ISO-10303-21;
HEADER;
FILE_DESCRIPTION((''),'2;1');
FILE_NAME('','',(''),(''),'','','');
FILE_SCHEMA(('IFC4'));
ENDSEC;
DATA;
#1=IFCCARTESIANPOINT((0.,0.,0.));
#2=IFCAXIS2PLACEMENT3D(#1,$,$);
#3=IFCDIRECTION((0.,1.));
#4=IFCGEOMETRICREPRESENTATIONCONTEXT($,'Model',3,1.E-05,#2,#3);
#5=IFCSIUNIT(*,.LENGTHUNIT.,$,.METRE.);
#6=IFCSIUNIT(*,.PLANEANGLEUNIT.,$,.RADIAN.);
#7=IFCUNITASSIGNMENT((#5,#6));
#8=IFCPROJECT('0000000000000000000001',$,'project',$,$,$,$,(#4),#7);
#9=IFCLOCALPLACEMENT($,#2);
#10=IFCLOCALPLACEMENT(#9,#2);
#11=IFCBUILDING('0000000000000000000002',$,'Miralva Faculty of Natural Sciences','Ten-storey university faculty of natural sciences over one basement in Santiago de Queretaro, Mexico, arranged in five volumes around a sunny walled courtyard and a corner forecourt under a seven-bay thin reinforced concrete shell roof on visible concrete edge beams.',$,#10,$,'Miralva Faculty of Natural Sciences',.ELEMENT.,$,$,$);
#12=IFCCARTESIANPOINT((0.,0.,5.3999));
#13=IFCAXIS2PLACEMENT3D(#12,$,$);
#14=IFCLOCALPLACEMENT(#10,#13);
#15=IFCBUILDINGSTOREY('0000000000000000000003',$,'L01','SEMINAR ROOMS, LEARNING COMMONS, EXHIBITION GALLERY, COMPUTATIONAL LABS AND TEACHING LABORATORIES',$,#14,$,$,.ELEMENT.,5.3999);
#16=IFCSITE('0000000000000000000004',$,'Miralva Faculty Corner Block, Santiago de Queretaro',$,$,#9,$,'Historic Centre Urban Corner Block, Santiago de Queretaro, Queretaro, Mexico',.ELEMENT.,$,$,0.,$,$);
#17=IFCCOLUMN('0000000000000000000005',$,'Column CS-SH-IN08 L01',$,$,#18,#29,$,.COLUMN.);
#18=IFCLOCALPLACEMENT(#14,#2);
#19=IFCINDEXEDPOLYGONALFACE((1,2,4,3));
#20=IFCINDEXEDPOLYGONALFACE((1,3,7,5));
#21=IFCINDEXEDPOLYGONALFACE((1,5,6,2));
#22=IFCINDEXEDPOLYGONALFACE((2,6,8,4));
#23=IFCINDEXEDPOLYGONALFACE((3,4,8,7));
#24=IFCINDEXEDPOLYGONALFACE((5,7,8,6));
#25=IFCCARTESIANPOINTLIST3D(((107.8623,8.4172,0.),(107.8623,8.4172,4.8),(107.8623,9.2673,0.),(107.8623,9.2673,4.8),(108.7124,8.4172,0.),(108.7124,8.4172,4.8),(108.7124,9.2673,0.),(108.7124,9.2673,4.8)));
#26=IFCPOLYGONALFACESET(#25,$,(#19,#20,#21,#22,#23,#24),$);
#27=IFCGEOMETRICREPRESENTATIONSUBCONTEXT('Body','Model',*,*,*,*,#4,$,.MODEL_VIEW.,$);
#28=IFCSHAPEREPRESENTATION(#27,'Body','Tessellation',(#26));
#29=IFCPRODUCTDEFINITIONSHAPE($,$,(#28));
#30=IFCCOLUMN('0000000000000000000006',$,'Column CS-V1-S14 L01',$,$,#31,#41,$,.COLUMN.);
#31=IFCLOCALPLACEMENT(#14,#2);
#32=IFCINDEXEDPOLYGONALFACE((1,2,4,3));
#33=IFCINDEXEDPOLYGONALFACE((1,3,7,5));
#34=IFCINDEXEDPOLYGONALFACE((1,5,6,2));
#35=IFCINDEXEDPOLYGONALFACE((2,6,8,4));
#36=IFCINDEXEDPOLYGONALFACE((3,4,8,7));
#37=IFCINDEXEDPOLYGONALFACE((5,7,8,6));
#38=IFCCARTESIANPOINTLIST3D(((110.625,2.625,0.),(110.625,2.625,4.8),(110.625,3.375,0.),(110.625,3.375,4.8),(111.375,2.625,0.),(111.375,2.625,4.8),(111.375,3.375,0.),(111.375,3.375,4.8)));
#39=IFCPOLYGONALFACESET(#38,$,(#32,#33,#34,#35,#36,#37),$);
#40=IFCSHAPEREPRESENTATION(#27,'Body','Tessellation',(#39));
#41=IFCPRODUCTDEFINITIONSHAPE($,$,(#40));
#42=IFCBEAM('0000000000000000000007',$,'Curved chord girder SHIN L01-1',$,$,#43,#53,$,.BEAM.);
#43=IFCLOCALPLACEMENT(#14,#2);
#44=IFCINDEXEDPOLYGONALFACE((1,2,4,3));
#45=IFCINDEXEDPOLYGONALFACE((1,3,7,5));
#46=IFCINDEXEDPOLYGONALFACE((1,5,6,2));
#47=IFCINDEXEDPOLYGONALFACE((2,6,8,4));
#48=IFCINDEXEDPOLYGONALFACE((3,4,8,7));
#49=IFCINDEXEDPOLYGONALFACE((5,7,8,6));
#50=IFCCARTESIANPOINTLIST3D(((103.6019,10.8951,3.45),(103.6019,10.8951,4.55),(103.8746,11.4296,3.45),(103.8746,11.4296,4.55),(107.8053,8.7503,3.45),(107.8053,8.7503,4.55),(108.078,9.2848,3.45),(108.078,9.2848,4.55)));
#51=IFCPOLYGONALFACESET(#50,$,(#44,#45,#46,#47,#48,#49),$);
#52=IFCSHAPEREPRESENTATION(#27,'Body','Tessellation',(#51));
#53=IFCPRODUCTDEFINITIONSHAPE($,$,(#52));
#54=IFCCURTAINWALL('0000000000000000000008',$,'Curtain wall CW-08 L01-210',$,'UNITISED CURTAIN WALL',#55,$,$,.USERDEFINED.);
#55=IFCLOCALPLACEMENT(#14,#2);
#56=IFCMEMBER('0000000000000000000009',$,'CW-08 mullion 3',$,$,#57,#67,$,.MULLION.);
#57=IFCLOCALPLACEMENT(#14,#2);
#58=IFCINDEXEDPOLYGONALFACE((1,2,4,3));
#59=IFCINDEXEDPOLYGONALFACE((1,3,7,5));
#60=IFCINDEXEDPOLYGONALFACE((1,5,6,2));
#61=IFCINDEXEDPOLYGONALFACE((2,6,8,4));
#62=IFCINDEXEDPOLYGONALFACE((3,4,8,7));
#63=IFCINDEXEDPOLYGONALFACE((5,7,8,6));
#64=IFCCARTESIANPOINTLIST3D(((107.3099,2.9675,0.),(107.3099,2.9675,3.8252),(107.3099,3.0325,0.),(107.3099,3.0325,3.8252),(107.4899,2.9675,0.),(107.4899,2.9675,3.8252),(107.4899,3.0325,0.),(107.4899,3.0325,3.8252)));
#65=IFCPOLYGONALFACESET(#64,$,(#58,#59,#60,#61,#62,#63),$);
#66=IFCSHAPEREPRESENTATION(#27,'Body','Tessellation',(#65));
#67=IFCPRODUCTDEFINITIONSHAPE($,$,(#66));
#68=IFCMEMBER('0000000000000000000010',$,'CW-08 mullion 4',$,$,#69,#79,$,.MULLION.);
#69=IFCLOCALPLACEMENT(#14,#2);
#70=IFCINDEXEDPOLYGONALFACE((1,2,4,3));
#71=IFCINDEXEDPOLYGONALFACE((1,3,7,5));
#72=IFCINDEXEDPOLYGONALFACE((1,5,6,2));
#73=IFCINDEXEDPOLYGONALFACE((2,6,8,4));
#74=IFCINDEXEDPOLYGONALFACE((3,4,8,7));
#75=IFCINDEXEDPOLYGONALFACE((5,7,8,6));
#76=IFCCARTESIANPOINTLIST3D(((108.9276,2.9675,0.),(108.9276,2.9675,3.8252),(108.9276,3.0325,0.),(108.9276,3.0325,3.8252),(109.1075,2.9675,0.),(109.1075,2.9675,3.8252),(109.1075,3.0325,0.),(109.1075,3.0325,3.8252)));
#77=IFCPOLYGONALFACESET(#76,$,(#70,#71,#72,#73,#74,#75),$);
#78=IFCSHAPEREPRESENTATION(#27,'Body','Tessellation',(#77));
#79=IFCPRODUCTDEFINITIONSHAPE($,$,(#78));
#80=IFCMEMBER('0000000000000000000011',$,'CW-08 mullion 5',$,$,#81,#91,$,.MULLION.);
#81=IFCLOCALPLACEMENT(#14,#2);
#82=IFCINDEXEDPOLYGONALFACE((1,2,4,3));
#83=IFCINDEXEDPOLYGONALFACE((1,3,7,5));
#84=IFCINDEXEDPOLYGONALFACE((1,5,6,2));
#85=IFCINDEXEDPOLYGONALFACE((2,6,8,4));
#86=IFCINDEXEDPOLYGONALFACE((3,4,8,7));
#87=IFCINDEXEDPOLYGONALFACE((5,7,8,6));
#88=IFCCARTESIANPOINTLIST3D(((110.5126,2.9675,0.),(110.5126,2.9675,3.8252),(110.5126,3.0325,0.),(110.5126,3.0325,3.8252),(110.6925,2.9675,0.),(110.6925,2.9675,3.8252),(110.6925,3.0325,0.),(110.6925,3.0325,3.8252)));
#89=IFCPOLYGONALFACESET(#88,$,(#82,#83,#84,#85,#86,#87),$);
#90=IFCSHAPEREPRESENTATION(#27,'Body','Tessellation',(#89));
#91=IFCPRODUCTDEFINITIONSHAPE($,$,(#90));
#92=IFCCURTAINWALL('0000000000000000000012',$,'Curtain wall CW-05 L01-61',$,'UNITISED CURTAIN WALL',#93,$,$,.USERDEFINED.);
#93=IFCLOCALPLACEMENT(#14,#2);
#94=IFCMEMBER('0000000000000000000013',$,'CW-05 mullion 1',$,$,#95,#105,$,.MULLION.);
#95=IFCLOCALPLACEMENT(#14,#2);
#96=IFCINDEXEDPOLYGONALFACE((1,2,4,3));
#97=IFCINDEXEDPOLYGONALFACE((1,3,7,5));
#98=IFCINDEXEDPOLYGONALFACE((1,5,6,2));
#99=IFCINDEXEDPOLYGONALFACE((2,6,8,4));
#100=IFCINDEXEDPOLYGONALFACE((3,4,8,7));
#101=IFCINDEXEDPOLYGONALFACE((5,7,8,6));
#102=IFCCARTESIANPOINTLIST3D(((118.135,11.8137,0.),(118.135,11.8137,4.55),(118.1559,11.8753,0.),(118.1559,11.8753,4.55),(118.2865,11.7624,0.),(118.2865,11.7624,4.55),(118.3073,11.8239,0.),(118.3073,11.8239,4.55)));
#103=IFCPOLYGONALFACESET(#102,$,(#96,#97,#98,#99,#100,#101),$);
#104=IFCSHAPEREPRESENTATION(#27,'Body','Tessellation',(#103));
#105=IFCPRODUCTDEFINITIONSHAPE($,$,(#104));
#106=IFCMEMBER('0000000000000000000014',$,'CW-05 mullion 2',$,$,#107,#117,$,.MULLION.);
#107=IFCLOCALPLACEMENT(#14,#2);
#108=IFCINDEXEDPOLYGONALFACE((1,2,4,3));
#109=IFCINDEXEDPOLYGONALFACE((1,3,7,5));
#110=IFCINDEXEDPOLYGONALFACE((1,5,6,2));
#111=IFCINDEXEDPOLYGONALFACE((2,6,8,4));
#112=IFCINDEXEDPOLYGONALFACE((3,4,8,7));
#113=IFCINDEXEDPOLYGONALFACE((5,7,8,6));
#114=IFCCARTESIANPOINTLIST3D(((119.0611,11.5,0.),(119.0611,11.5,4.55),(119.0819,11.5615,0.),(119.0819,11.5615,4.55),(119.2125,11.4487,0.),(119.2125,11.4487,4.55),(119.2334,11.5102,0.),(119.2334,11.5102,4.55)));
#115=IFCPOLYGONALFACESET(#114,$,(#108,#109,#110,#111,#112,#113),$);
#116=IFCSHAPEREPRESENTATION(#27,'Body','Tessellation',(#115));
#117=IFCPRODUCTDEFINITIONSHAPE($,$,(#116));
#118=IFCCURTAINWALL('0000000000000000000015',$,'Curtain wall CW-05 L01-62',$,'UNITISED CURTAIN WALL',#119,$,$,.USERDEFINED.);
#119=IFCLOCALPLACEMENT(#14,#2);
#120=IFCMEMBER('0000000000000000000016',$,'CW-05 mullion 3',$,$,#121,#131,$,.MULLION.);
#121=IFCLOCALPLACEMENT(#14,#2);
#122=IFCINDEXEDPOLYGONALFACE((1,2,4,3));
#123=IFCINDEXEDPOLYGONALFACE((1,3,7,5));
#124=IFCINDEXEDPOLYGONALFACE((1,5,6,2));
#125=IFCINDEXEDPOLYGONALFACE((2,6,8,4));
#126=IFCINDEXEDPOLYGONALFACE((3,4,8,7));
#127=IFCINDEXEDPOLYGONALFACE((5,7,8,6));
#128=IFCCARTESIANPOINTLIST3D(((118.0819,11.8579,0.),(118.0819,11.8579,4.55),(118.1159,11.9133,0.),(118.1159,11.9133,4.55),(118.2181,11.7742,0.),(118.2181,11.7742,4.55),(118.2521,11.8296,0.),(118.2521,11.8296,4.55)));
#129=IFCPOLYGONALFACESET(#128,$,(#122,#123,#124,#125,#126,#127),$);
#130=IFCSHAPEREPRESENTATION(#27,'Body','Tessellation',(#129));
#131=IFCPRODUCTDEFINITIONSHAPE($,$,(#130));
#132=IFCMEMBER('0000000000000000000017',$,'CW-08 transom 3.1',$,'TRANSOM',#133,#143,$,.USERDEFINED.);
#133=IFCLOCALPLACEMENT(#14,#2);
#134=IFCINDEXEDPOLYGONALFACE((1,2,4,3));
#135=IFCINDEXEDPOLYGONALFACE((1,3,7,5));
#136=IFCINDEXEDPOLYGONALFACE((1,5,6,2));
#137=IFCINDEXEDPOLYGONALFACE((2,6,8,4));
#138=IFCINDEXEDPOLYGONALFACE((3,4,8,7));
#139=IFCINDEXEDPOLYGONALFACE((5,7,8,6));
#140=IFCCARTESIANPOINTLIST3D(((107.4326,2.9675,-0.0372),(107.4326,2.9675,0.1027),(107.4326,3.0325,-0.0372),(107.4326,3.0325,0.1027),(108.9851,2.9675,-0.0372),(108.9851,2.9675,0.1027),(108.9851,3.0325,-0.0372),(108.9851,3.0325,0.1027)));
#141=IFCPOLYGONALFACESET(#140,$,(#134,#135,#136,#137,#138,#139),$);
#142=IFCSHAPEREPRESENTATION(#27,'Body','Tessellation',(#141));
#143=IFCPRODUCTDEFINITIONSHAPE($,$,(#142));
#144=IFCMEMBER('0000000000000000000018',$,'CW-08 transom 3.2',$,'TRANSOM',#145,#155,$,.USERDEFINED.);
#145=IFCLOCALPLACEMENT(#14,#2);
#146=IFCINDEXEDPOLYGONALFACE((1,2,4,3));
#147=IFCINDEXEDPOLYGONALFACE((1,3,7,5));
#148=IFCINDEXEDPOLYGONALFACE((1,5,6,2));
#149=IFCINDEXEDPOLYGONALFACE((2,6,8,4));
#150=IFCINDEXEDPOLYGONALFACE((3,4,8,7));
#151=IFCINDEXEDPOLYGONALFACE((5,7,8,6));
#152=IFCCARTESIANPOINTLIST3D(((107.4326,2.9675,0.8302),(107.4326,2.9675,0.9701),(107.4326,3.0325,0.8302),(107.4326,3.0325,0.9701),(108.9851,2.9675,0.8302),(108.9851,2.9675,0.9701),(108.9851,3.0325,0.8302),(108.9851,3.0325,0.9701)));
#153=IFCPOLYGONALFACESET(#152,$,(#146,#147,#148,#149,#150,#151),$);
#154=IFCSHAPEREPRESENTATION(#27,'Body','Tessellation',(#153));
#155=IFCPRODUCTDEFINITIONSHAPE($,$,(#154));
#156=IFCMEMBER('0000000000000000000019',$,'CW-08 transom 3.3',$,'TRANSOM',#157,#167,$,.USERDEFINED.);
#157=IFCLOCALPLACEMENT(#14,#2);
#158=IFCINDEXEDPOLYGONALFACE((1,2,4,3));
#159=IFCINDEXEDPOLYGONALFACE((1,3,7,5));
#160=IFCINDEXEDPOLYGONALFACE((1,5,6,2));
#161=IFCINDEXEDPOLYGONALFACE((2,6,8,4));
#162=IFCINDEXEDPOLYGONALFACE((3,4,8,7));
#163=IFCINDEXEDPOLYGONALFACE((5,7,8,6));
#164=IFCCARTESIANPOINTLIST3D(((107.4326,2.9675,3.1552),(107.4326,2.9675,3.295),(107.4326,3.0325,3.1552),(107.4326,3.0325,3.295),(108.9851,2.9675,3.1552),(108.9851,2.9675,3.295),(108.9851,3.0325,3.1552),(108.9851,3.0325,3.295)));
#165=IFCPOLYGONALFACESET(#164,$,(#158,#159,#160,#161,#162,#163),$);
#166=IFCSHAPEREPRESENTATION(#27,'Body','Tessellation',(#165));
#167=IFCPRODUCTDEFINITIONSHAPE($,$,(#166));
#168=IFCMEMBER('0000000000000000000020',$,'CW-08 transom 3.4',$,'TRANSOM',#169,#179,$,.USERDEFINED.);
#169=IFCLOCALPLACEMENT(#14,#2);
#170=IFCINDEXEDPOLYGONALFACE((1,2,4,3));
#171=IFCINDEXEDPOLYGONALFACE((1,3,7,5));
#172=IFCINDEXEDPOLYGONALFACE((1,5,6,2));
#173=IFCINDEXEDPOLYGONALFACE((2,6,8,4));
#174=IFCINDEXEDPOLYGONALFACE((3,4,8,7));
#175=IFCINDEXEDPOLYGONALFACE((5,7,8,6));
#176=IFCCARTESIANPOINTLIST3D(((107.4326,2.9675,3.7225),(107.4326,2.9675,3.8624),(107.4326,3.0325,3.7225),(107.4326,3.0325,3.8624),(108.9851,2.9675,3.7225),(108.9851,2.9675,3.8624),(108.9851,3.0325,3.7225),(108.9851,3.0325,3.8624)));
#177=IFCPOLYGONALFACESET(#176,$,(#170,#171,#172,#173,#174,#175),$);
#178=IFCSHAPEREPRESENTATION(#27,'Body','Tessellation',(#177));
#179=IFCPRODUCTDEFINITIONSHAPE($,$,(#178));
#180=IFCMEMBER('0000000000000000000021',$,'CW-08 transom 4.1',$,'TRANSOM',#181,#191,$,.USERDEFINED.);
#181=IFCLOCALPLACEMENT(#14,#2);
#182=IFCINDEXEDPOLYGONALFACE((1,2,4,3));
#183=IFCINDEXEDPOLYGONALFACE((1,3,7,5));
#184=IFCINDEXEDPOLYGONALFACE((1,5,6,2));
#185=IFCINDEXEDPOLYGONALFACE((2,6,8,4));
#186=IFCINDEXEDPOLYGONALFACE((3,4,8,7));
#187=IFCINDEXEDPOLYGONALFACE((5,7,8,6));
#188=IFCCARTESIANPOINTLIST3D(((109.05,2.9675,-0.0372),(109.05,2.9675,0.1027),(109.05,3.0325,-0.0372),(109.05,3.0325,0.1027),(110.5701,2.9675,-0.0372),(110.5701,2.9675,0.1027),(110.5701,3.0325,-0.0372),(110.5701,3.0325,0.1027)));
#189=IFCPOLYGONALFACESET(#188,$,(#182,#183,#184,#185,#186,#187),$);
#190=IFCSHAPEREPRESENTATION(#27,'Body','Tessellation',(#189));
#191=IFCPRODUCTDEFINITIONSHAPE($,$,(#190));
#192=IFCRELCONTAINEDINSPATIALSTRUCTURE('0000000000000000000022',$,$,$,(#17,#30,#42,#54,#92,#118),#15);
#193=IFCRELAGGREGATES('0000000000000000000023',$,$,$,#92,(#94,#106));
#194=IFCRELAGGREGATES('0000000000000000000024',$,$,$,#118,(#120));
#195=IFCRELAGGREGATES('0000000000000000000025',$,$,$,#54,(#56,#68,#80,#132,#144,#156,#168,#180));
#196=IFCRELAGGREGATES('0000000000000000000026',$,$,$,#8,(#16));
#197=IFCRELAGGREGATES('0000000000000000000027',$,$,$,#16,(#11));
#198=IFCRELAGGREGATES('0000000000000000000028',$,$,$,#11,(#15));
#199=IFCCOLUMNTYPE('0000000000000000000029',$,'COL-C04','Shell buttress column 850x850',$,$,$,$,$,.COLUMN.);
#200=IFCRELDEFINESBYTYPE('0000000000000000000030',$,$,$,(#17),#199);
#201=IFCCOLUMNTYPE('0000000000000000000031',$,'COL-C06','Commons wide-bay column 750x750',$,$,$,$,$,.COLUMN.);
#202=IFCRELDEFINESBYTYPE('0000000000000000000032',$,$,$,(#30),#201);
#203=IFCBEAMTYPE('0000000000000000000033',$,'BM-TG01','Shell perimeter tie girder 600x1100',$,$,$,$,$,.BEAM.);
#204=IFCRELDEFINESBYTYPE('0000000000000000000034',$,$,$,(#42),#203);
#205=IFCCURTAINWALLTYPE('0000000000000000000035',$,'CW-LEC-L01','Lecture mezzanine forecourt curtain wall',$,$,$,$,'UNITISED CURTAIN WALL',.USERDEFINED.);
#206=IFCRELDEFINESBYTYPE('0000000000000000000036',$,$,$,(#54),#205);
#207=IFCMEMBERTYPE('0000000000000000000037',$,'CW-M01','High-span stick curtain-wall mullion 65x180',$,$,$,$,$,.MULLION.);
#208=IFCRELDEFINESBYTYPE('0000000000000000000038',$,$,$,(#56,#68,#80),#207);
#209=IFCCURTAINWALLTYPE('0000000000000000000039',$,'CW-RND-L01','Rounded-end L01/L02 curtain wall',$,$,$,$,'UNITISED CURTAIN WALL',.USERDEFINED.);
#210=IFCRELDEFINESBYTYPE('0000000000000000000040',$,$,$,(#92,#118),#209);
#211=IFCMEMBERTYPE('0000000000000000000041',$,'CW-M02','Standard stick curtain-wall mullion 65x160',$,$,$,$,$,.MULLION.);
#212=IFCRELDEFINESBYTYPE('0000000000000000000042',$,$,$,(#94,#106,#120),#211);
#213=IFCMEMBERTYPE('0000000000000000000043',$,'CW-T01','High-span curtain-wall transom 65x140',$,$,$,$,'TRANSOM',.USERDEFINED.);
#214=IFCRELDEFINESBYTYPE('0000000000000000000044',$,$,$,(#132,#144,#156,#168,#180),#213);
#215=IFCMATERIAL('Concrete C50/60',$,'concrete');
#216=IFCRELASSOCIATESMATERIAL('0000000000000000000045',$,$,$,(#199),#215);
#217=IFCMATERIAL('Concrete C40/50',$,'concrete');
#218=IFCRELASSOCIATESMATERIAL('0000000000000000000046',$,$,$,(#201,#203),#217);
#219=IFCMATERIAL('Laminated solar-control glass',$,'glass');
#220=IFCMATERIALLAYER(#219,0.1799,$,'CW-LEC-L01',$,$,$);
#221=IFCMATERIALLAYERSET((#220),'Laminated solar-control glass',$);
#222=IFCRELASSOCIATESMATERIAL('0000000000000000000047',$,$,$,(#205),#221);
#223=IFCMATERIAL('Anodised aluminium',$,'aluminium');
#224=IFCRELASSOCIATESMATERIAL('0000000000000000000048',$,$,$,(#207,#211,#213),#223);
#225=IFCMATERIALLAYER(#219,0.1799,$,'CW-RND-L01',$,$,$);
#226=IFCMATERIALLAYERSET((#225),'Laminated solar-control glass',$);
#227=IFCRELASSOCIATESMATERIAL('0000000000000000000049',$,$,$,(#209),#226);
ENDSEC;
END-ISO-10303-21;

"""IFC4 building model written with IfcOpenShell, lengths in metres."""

from ifc_helpers import new_model, si_unit, direction, frame, origin, origin_2d, place, context, subcontext, project, spatial, rectangle, extrude, material, layer, layer_set, material_profile, profile_set, type_object, element, aggregate, save


model = new_model("IFC4")

# Units and contexts
model_context = context("Model", 3, precision=1e-05, world=origin(), true_north=direction((0.0, 1.0)))
body_context = subcontext(model_context, "Body", "Model", "MODEL_VIEW")
ifc_project = project(units=[si_unit("LENGTHUNIT", "METRE"), si_unit("PLANEANGLEUNIT", "RADIAN")], contexts=[model_context])

# Site, building, storey
site_placement = place(None, origin())
site = spatial("IfcSite", under=ifc_project, at=site_placement, Name="Miralva Faculty Corner Block, Santiago de Queretaro", LongName="Historic Centre Urban Corner Block, Santiago de Queretaro, Queretaro, Mexico", CompositionType="ELEMENT", RefElevation=0.0)
building_placement = place(site_placement, origin())
building = spatial("IfcBuilding", under=site, at=building_placement, Name="Miralva Faculty of Natural Sciences", Description="Ten-storey university faculty of natural sciences over one basement in Santiago de Queretaro, Mexico, arranged in five volumes around a sunny walled courtyard and a corner forecourt under a seven-bay thin reinforced concrete shell roof on visible concrete edge beams.", LongName="Miralva Faculty of Natural Sciences", CompositionType="ELEMENT")
storey_placement = place(building_placement, frame((0.0, 0.0, 5.3999)))
storey = spatial("IfcBuildingStorey", under=building, at=storey_placement, Name="L01", Description="SEMINAR ROOMS, LEARNING COMMONS, EXHIBITION GALLERY, COMPUTATIONAL LABS AND TEACHING LABORATORIES", CompositionType="ELEMENT", Elevation=5.3999)

# Columns
ifc_material_1 = material(Name="Concrete C50/60", Category="concrete")
ifc_material_profile_1 = material_profile(ifc_material_1, rectangle(XDim=0.8501, YDim=0.8501, at=origin_2d()), Name="RC 850x850")
ifc_profile_set_1 = profile_set([ifc_material_profile_1], Name="Concrete C50/60")
column_type_1 = type_object("IfcColumnType", Name="COL-C04", Description="Shell buttress column 850x850", PredefinedType="COLUMN", material=ifc_profile_set_1)
column_1_placement = place(storey_placement, frame((108.2874, 8.8423, 0.0), z_axis=(0.0, 0.0, 1.0), x_axis=(1.0, 0.0, 0.0)))
element("IfcColumn", 1, at=column_1_placement, inside=storey, type_object=column_type_1, Name="Column CS-SH-IN08 L01", PredefinedType="COLUMN", context=body_context, shape_type="SweptSolid", body=[
    extrude(rectangle(XDim=0.8501, YDim=0.8501, at=origin_2d()), origin(), (0.0, 0.0, 1.0), 4.8),
])
ifc_material_2 = material(Name="Concrete C40/50", Category="concrete")
ifc_material_profile_2 = material_profile(ifc_material_2, rectangle(XDim=0.75, YDim=0.75, at=origin_2d()), Name="RC 750x750")
ifc_profile_set_2 = profile_set([ifc_material_profile_2], Name="Concrete C40/50")
column_type_2 = type_object("IfcColumnType", Name="COL-C06", Description="Commons wide-bay column 750x750", PredefinedType="COLUMN", material=ifc_profile_set_2)
column_2_placement = place(storey_placement, frame((111.0, 3.0, 0.0), z_axis=(0.0, 0.0, 1.0), x_axis=(1.0, 0.0, 0.0)))
element("IfcColumn", 2, at=column_2_placement, inside=storey, type_object=column_type_2, Name="Column CS-V1-S14 L01", PredefinedType="COLUMN", context=body_context, shape_type="SweptSolid", body=[
    extrude(rectangle(XDim=0.75, YDim=0.75, at=origin_2d()), origin(), (0.0, 0.0, 1.0), 4.8),
])

# Beam
ifc_material_profile_3 = material_profile(ifc_material_2, rectangle(XDim=0.6001, YDim=1.1001, at=origin_2d()), Name="RC 600x1100")
ifc_profile_set_3 = profile_set([ifc_material_profile_3], Name="Concrete C40/50")
beam_type = type_object("IfcBeamType", Name="BM-TG01", Description="Shell perimeter tie girder 600x1100", PredefinedType="BEAM", material=ifc_profile_set_3)
beam_placement = place(storey_placement, frame((107.9417, 9.0176, 4.0), z_axis=(-0.890745, 0.454504, 0.0), x_axis=(-0.454504, -0.890745, 0.0)))
element("IfcBeam", 3, at=beam_placement, inside=storey, type_object=beam_type, Name="Curved chord girder SHIN L01-1", PredefinedType="BEAM", context=body_context, shape_type="SweptSolid", body=[
    extrude(rectangle(XDim=0.6001, YDim=1.1001, at=origin_2d()), origin(), (0.0, 0.0, 1.0), 4.719),
])

# Curtain walls, members
ifc_material_3 = material(Name="Laminated solar-control glass", Category="glass")
ifc_layer_1 = layer(ifc_material_3, 0.1799, Name="CW-LEC-L01")
ifc_layer_set_1 = layer_set([ifc_layer_1], Name="Laminated solar-control glass")
curtain_wall_type_1 = type_object("IfcCurtainWallType", Name="CW-LEC-L01", Description="Lecture mezzanine forecourt curtain wall", ElementType="UNITISED CURTAIN WALL", PredefinedType="USERDEFINED", material=ifc_layer_set_1)
curtain_wall_1_placement = place(storey_placement, origin())
curtain_wall_1 = element("IfcCurtainWall", 4, at=curtain_wall_1_placement, inside=storey, type_object=curtain_wall_type_1, Name="Curtain wall CW-08 L01-210", ObjectType="UNITISED CURTAIN WALL", PredefinedType="USERDEFINED")
ifc_material_4 = material(Name="Anodised aluminium", Category="aluminium")
ifc_material_profile_4 = material_profile(ifc_material_4, rectangle(XDim=0.0649, YDim=0.1799, at=origin_2d()), Name="MULLION 65x180")
ifc_profile_set_4 = profile_set([ifc_material_profile_4], Name="Anodised aluminium")
member_type_1 = type_object("IfcMemberType", Name="CW-M01", Description="High-span stick curtain-wall mullion 65x180", PredefinedType="MULLION", material=ifc_profile_set_4)
member_1_placement = place(storey_placement, frame((107.3999, 3.0, 0.0), z_axis=(0.0, 0.0, 1.0), x_axis=(0.0, 1.0, 0.0)))
member_1 = element("IfcMember", 5, at=member_1_placement, type_object=member_type_1, Name="CW-08 mullion 3", PredefinedType="MULLION", context=body_context, shape_type="SweptSolid", body=[
    extrude(rectangle(XDim=0.0649, YDim=0.1799, at=origin_2d()), origin(), (0.0, 0.0, 1.0), 3.8252),
])
member_2_placement = place(storey_placement, frame((109.0176, 3.0, 0.0), z_axis=(0.0, 0.0, 1.0), x_axis=(0.0, 1.0, 0.0)))
member_2 = element("IfcMember", 6, at=member_2_placement, type_object=member_type_1, Name="CW-08 mullion 4", PredefinedType="MULLION", context=body_context, shape_type="SweptSolid", body=[
    extrude(rectangle(XDim=0.0649, YDim=0.1799, at=origin_2d()), origin(), (0.0, 0.0, 1.0), 3.8252),
])
member_3_placement = place(storey_placement, frame((110.6025, 3.0, 0.0), z_axis=(0.0, 0.0, 1.0), x_axis=(0.0, 1.0, 0.0)))
member_3 = element("IfcMember", 7, at=member_3_placement, type_object=member_type_1, Name="CW-08 mullion 5", PredefinedType="MULLION", context=body_context, shape_type="SweptSolid", body=[
    extrude(rectangle(XDim=0.0649, YDim=0.1799, at=origin_2d()), origin(), (0.0, 0.0, 1.0), 3.8252),
])
ifc_layer_2 = layer(ifc_material_3, 0.1799, Name="CW-RND-L01")
ifc_layer_set_2 = layer_set([ifc_layer_2], Name="Laminated solar-control glass")
curtain_wall_type_2 = type_object("IfcCurtainWallType", Name="CW-RND-L01", Description="Rounded-end L01/L02 curtain wall", ElementType="UNITISED CURTAIN WALL", PredefinedType="USERDEFINED", material=ifc_layer_set_2)
curtain_wall_2_placement = place(storey_placement, origin())
curtain_wall_2 = element("IfcCurtainWall", 8, at=curtain_wall_2_placement, inside=storey, type_object=curtain_wall_type_2, Name="Curtain wall CW-05 L01-61", ObjectType="UNITISED CURTAIN WALL", PredefinedType="USERDEFINED")
ifc_material_profile_5 = material_profile(ifc_material_4, rectangle(XDim=0.0649, YDim=0.1599, at=origin_2d()), Name="MULLION 65x160")
ifc_profile_set_5 = profile_set([ifc_material_profile_5], Name="Anodised aluminium")
member_type_2 = type_object("IfcMemberType", Name="CW-M02", Description="Standard stick curtain-wall mullion 65x160", PredefinedType="MULLION", material=ifc_profile_set_5)
member_4_placement = place(storey_placement, frame((118.2212, 11.8188, 0.0), z_axis=(0.0, 0.0, 1.0), x_axis=(0.320842, 0.947133, 0.0)))
member_4 = element("IfcMember", 9, at=member_4_placement, type_object=member_type_2, Name="CW-05 mullion 1", PredefinedType="MULLION", context=body_context, shape_type="SweptSolid", body=[
    extrude(rectangle(XDim=0.0649, YDim=0.1599, at=origin_2d()), origin(), (0.0, 0.0, 1.0), 4.55),
])
member_5_placement = place(storey_placement, frame((119.1472, 11.5051, 0.0), z_axis=(0.0, 0.0, 1.0), x_axis=(0.320842, 0.947133, 0.0)))
member_5 = element("IfcMember", 10, at=member_5_placement, type_object=member_type_2, Name="CW-05 mullion 2", PredefinedType="MULLION", context=body_context, shape_type="SweptSolid", body=[
    extrude(rectangle(XDim=0.0649, YDim=0.1599, at=origin_2d()), origin(), (0.0, 0.0, 1.0), 4.55),
])

# Curtain wall, member
curtain_wall_3_placement = place(storey_placement, origin())
curtain_wall_3 = element("IfcCurtainWall", 11, at=curtain_wall_3_placement, inside=storey, type_object=curtain_wall_type_2, Name="Curtain wall CW-05 L01-62", ObjectType="UNITISED CURTAIN WALL", PredefinedType="USERDEFINED")
member_6_placement = place(storey_placement, frame((118.167, 11.8438, 0.0), z_axis=(0.0, 0.0, 1.0), x_axis=(0.523535, 0.852004, 0.0)))
member_6 = element("IfcMember", 12, at=member_6_placement, type_object=member_type_2, Name="CW-05 mullion 3", PredefinedType="MULLION", context=body_context, shape_type="SweptSolid", body=[
    extrude(rectangle(XDim=0.0649, YDim=0.1599, at=origin_2d()), origin(), (0.0, 0.0, 1.0), 4.55),
])

# Members
ifc_material_profile_6 = material_profile(ifc_material_4, rectangle(XDim=0.0649, YDim=0.1399, at=origin_2d()), Name="TRANSOM 65x140")
ifc_profile_set_6 = profile_set([ifc_material_profile_6], Name="Anodised aluminium")
member_type_3 = type_object("IfcMemberType", Name="CW-T01", Description="High-span curtain-wall transom 65x140", ElementType="TRANSOM", PredefinedType="USERDEFINED", material=ifc_profile_set_6)
member_7_placement = place(storey_placement, frame((107.4326, 3.0, 0.0327), z_axis=(1.0, 0.0, 0.0), x_axis=(0.0, 1.0, 0.0)))
member_7 = element("IfcMember", 13, at=member_7_placement, type_object=member_type_3, Name="CW-08 transom 3.1", ObjectType="TRANSOM", PredefinedType="USERDEFINED", context=body_context, shape_type="SweptSolid", body=[
    extrude(rectangle(XDim=0.0649, YDim=0.1399, at=origin_2d()), origin(), (0.0, 0.0, 1.0), 1.5525),
])
member_8_placement = place(storey_placement, frame((107.4326, 3.0, 0.9001), z_axis=(1.0, 0.0, 0.0), x_axis=(0.0, 1.0, 0.0)))
member_8 = element("IfcMember", 14, at=member_8_placement, type_object=member_type_3, Name="CW-08 transom 3.2", ObjectType="TRANSOM", PredefinedType="USERDEFINED", context=body_context, shape_type="SweptSolid", body=[
    extrude(rectangle(XDim=0.0649, YDim=0.1399, at=origin_2d()), origin(), (0.0, 0.0, 1.0), 1.5525),
])
member_9_placement = place(storey_placement, frame((107.4326, 3.0, 3.2251), z_axis=(1.0, 0.0, 0.0), x_axis=(0.0, 1.0, 0.0)))
member_9 = element("IfcMember", 15, at=member_9_placement, type_object=member_type_3, Name="CW-08 transom 3.3", ObjectType="TRANSOM", PredefinedType="USERDEFINED", context=body_context, shape_type="SweptSolid", body=[
    extrude(rectangle(XDim=0.0649, YDim=0.1399, at=origin_2d()), origin(), (0.0, 0.0, 1.0), 1.5525),
])
member_10_placement = place(storey_placement, frame((107.4326, 3.0, 3.7925), z_axis=(1.0, 0.0, 0.0), x_axis=(0.0, 1.0, 0.0)))
member_10 = element("IfcMember", 16, at=member_10_placement, type_object=member_type_3, Name="CW-08 transom 3.4", ObjectType="TRANSOM", PredefinedType="USERDEFINED", context=body_context, shape_type="SweptSolid", body=[
    extrude(rectangle(XDim=0.0649, YDim=0.1399, at=origin_2d()), origin(), (0.0, 0.0, 1.0), 1.5525),
])
member_11_placement = place(storey_placement, frame((109.05, 3.0, 0.0327), z_axis=(1.0, 0.0, 0.0), x_axis=(0.0, 1.0, 0.0)))
member_11 = element("IfcMember", 17, at=member_11_placement, type_object=member_type_3, Name="CW-08 transom 4.1", ObjectType="TRANSOM", PredefinedType="USERDEFINED", context=body_context, shape_type="SweptSolid", body=[
    extrude(rectangle(XDim=0.0649, YDim=0.1399, at=origin_2d()), origin(), (0.0, 0.0, 1.0), 1.52),
])

aggregate(curtain_wall_2, [member_4, member_5])
aggregate(curtain_wall_3, [member_6])
aggregate(curtain_wall_1, [member_1, member_2, member_3, member_7, member_8, member_9, member_10, member_11])

save(model, "model.ifc")
